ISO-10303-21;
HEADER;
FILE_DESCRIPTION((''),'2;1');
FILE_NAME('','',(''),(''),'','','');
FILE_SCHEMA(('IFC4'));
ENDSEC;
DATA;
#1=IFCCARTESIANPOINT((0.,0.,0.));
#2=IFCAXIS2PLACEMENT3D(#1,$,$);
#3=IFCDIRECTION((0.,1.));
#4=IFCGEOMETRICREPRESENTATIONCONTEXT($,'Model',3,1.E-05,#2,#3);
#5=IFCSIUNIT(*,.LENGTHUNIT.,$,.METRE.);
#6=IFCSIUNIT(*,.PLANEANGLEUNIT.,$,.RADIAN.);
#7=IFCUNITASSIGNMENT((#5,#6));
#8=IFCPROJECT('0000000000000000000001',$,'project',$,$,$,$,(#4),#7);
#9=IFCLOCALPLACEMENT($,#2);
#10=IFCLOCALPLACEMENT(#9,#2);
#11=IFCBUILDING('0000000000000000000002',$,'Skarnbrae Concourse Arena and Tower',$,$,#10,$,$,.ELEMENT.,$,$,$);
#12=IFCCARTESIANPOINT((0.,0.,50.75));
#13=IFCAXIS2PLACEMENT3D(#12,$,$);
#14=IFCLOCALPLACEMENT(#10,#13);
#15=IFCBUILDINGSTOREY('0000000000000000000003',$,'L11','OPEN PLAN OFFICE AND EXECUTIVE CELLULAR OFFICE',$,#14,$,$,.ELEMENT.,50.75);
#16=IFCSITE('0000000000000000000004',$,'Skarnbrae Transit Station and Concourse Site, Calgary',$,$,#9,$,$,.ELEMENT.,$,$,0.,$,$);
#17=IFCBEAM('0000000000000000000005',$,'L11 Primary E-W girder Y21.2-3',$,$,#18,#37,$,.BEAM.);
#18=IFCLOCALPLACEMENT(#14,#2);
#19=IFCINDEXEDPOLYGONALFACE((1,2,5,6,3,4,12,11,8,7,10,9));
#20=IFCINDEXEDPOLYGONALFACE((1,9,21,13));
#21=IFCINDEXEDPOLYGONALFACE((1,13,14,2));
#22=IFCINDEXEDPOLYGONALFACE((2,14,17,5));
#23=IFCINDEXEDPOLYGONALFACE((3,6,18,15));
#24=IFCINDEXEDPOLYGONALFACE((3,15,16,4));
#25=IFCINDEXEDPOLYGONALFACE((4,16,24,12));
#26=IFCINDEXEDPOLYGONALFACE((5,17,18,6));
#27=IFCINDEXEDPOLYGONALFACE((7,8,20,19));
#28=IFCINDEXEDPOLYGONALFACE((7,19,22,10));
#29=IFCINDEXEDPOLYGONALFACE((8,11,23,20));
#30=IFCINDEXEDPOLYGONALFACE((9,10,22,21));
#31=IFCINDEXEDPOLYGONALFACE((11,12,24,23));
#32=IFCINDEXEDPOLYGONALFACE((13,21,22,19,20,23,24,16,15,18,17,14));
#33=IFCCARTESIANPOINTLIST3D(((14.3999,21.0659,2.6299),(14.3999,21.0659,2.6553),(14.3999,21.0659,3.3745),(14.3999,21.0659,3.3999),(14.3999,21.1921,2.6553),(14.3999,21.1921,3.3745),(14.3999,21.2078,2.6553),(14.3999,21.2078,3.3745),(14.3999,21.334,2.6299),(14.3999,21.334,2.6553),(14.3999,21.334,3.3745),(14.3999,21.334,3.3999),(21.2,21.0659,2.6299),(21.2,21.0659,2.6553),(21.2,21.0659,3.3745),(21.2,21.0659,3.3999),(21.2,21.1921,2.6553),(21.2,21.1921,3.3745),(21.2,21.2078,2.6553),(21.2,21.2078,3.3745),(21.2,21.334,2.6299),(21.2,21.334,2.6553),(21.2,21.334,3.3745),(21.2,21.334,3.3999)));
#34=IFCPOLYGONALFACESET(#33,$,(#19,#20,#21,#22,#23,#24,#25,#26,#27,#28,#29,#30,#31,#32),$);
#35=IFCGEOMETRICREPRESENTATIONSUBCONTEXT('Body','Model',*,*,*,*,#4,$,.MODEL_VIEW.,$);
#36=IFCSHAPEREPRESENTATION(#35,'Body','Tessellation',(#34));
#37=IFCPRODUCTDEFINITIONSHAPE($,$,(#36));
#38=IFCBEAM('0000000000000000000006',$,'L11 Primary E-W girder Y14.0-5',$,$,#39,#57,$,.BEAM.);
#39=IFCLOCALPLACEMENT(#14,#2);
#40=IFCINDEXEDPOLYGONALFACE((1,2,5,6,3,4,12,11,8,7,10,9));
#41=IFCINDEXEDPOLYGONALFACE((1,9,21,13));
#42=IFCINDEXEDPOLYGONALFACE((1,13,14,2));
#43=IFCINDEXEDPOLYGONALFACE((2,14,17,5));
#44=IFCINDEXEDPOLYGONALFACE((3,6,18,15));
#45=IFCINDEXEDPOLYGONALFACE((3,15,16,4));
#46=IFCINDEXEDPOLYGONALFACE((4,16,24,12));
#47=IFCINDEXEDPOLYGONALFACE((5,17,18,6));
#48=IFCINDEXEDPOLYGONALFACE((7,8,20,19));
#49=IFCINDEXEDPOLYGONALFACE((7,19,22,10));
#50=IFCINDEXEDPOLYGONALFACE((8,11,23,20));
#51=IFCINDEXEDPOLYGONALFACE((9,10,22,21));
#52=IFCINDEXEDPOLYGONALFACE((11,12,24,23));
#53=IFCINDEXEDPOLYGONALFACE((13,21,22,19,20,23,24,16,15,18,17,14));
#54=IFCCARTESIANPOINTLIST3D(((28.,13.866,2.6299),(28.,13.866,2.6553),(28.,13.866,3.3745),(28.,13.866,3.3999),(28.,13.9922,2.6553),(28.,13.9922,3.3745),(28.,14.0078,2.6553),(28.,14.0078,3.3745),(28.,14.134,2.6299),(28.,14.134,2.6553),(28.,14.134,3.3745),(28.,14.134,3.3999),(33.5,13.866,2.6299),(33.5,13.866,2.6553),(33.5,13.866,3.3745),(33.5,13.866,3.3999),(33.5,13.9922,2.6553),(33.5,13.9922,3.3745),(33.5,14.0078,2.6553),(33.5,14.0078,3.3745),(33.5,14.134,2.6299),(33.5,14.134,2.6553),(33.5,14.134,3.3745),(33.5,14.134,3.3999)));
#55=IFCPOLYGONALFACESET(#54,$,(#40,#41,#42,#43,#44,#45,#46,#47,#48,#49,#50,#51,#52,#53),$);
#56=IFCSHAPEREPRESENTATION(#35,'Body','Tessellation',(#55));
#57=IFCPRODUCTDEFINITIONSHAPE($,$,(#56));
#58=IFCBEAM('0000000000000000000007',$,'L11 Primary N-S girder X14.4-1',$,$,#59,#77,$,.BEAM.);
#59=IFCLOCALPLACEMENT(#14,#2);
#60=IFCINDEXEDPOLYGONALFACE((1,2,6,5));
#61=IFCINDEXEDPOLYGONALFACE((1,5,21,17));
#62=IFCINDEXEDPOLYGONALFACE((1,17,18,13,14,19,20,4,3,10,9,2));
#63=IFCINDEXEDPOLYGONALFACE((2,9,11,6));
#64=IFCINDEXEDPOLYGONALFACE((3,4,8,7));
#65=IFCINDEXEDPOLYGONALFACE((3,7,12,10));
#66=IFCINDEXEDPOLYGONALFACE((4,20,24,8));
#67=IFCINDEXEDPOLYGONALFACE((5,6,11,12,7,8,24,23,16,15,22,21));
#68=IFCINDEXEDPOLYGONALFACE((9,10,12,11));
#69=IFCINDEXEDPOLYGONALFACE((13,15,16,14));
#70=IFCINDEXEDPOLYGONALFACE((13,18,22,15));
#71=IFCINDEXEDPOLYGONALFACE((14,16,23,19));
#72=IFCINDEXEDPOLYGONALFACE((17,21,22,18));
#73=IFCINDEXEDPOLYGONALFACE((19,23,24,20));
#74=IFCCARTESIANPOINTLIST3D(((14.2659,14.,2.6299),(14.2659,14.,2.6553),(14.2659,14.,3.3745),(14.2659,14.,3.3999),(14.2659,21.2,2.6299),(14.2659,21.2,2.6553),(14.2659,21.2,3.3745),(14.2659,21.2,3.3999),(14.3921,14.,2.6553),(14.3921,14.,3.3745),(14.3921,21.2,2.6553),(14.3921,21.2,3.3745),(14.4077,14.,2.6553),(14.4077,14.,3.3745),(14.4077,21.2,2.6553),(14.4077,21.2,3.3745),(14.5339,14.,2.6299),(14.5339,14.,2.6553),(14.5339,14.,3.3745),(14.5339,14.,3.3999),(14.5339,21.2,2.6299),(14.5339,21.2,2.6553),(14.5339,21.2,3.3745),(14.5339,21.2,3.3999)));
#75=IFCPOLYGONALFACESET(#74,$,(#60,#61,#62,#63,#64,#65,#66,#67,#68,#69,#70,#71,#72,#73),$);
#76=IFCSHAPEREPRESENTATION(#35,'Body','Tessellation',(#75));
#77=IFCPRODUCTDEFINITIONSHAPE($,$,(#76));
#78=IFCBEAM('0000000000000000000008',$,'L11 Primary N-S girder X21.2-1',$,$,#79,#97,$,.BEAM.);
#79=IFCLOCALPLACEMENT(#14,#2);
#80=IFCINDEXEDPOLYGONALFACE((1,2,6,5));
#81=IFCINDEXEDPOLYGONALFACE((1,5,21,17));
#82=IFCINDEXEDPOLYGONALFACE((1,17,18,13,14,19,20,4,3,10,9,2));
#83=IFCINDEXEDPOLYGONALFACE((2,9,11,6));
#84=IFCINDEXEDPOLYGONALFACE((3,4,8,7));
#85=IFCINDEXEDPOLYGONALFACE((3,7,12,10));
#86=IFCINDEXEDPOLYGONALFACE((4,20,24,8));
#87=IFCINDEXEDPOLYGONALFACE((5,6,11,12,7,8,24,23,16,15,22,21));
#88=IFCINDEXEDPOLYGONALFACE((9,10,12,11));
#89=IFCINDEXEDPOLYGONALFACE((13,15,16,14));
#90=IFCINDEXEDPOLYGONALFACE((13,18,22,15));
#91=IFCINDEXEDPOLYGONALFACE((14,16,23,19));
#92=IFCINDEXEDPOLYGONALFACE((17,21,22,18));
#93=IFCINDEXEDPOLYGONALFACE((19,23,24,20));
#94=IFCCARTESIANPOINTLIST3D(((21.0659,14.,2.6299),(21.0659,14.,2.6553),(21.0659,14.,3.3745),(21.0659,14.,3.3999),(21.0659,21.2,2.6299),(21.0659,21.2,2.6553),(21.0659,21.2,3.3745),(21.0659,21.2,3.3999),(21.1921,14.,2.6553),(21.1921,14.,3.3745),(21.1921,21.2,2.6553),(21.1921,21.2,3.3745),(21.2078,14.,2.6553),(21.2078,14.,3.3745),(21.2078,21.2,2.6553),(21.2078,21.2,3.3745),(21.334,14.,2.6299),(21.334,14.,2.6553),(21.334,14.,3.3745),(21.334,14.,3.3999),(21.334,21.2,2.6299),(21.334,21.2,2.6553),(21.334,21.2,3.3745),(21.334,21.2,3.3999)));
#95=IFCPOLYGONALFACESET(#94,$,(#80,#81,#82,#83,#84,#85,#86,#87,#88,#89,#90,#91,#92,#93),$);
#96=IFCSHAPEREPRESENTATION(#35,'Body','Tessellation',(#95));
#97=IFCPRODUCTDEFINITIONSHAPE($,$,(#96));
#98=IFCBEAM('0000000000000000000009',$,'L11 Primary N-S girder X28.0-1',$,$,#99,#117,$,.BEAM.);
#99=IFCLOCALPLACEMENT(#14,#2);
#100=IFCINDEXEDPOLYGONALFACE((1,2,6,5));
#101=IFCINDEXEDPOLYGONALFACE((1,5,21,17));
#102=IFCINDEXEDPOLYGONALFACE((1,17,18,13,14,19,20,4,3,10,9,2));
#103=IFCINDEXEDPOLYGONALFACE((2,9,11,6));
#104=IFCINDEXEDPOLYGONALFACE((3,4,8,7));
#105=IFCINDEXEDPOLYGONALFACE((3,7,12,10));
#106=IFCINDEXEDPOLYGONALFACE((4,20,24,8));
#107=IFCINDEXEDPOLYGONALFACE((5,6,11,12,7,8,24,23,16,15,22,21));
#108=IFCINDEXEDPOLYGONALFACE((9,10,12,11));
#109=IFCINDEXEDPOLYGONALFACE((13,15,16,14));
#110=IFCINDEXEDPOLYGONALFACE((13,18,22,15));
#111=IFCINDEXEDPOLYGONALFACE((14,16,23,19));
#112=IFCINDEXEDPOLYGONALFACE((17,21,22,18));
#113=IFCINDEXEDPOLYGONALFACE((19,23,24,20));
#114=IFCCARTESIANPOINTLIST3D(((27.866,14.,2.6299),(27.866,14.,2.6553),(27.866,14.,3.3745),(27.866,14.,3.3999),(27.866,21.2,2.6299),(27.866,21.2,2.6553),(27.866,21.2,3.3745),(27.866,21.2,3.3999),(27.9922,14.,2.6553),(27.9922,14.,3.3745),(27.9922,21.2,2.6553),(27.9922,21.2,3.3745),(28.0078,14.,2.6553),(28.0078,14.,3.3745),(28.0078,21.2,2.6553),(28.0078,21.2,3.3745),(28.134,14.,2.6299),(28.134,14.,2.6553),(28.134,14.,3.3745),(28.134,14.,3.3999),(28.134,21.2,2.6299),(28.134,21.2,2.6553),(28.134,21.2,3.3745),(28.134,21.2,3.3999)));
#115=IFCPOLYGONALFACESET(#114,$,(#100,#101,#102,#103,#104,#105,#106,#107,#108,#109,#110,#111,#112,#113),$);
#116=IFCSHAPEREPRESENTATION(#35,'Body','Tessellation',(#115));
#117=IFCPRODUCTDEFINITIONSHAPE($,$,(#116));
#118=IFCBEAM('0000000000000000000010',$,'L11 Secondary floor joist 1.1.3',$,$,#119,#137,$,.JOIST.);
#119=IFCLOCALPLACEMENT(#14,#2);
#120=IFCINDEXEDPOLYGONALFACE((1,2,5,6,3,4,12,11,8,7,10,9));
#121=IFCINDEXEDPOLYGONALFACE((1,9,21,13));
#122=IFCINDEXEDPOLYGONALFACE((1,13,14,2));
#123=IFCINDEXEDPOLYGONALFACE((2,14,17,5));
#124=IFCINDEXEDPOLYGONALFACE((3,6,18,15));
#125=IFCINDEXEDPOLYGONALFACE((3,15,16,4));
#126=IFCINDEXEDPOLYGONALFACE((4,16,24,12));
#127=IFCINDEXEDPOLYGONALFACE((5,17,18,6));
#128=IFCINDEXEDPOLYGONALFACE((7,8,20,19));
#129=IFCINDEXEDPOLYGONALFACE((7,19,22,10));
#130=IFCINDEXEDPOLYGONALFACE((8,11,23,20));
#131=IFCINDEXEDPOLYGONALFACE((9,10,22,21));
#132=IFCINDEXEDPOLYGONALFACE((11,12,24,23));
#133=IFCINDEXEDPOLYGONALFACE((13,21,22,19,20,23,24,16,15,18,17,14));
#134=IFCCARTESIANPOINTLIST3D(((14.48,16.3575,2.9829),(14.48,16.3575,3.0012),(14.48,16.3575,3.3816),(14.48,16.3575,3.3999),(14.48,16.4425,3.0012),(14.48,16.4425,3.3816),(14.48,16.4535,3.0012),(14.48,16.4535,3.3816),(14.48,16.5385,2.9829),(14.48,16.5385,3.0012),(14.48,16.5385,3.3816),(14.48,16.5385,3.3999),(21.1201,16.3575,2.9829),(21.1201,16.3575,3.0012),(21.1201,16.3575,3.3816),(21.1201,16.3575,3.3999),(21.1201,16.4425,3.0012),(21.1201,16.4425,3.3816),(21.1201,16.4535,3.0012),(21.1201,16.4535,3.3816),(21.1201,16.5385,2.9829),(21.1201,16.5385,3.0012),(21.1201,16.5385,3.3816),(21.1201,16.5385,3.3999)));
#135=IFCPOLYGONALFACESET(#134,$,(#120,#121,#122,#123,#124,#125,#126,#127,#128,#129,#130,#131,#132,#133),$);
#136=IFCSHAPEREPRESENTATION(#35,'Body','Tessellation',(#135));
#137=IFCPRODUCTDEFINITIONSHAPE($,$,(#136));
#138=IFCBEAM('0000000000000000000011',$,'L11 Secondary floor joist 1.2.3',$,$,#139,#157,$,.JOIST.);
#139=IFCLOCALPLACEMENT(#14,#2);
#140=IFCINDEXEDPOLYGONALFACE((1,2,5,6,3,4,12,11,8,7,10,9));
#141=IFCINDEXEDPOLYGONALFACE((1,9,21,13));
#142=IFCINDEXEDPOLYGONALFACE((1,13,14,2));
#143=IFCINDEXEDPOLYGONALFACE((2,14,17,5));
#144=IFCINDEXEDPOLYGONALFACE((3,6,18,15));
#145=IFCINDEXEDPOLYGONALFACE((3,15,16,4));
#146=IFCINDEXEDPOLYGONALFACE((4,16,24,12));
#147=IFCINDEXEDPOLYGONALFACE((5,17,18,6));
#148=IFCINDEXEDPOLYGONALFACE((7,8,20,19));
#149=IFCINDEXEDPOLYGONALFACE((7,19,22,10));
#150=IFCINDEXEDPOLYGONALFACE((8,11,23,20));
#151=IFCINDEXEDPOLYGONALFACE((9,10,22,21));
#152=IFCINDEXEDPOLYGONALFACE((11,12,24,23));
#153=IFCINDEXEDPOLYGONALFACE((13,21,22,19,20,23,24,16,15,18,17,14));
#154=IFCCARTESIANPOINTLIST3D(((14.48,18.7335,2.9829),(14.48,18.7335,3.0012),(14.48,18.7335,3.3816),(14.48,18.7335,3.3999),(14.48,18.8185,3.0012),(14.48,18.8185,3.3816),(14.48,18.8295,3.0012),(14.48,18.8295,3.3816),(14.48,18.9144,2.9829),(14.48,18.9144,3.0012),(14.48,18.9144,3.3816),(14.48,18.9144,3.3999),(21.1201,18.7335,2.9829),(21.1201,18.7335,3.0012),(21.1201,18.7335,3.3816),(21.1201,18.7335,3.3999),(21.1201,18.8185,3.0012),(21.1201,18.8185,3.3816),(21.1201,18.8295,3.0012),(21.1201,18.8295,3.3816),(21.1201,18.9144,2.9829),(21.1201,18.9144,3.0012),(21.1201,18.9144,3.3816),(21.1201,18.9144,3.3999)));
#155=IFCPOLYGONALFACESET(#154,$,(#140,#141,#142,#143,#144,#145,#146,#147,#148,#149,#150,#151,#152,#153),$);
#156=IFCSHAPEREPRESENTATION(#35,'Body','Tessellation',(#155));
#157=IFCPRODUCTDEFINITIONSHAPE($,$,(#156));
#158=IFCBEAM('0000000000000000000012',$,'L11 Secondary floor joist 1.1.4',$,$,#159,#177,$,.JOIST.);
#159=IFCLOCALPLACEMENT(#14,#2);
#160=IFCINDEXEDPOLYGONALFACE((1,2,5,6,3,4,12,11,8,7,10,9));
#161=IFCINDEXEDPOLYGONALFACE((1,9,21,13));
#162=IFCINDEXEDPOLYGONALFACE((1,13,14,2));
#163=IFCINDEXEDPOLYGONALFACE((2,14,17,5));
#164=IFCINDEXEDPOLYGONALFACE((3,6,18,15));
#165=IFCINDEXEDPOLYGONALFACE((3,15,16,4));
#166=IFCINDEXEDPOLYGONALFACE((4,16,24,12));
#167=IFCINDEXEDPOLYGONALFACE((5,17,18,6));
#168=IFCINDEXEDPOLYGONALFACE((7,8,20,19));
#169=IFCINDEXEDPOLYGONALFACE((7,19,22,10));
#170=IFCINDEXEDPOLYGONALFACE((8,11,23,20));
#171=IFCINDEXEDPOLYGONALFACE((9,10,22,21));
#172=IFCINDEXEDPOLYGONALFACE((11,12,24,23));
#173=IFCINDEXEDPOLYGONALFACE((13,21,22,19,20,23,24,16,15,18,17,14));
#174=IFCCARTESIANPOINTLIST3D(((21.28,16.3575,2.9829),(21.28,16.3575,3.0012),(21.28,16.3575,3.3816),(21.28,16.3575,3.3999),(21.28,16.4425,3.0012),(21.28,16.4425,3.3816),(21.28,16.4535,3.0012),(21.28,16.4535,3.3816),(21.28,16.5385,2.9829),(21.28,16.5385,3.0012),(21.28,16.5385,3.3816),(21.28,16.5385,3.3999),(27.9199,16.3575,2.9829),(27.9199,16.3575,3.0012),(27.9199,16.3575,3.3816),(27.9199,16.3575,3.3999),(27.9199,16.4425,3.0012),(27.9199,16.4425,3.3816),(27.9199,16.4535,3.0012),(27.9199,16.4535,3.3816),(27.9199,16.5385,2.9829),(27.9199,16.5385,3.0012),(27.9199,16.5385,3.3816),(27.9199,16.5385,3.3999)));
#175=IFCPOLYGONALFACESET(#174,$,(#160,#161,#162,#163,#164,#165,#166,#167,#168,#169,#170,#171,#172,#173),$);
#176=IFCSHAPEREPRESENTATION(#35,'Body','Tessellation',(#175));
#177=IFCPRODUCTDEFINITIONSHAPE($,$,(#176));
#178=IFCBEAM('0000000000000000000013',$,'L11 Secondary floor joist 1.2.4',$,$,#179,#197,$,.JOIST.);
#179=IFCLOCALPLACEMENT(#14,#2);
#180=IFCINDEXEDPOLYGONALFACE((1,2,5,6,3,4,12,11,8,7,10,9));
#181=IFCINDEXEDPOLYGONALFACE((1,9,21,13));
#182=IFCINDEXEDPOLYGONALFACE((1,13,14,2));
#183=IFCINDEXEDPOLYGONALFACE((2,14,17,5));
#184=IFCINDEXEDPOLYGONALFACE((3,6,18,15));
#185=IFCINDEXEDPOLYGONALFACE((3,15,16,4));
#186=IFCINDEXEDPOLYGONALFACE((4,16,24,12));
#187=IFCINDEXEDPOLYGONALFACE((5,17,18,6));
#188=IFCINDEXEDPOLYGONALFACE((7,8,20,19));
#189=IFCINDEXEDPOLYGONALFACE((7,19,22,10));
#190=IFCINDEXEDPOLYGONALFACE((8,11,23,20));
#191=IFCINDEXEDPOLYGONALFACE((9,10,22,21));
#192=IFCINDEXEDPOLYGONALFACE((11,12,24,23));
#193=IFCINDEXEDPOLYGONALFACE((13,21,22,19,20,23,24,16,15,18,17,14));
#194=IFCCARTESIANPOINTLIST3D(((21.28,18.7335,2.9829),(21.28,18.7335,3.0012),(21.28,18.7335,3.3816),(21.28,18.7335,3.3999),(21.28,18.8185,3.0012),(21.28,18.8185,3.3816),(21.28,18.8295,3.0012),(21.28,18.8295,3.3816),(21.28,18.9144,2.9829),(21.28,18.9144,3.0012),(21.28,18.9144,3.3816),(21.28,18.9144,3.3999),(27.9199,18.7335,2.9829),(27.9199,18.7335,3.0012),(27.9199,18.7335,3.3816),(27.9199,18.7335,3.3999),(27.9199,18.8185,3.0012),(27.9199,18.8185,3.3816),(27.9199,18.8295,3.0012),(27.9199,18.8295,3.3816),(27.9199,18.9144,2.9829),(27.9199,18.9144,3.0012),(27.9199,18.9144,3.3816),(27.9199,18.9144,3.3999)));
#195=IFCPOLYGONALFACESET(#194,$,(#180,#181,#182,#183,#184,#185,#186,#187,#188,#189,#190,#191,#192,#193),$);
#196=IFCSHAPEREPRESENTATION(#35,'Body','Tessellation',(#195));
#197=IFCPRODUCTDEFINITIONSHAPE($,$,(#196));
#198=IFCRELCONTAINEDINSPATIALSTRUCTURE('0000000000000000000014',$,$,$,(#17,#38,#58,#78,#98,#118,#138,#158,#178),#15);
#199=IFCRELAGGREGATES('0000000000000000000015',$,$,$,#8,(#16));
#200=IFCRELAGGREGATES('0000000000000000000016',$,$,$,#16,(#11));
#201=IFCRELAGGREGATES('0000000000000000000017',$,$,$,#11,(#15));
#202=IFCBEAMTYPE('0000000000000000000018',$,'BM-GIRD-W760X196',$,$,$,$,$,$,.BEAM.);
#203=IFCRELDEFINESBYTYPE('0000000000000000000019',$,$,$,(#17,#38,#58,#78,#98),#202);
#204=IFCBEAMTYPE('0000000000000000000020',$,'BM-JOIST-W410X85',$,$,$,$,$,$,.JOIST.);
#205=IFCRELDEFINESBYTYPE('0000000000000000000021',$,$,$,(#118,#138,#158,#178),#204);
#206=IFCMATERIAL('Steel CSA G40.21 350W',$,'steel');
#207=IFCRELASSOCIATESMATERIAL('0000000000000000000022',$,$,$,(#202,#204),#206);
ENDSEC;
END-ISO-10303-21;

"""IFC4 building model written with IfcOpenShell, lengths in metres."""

from ifc_helpers import new_model, si_unit, direction, frame, origin, origin_2d, place, context, subcontext, project, spatial, i_section, extrude, source, transform, mapped, material, material_profile, profile_set, type_object, element, save


model = new_model("IFC4")

# Units and contexts
model_context = context("Model", 3, precision=1e-05, world=origin(), true_north=direction((0.0, 1.0)))
body_context = subcontext(model_context, "Body", "Model", "MODEL_VIEW")
ifc_project = project(units=[si_unit("LENGTHUNIT", "METRE"), si_unit("PLANEANGLEUNIT", "RADIAN")], contexts=[model_context])

# Site, building, storey
site_placement = place(None, origin())
site = spatial("IfcSite", under=ifc_project, at=site_placement, Name="Skarnbrae Transit Station and Concourse Site, Calgary", CompositionType="ELEMENT", RefElevation=0.0)
building_placement = place(site_placement, origin())
building = spatial("IfcBuilding", under=site, at=building_placement, Name="Skarnbrae Concourse Arena and Tower", CompositionType="ELEMENT")
storey_placement = place(building_placement, frame((0.0, 0.0, 50.75)))
storey = spatial("IfcBuildingStorey", under=building, at=storey_placement, Name="L11", Description="OPEN PLAN OFFICE AND EXECUTIVE CELLULAR OFFICE", CompositionType="ELEMENT", Elevation=50.75)

# Shared definitions
ifc_material_1 = material(Name="Steel CSA G40.21 350W", Category="steel")

# Beams
ifc_material_profile_1 = material_profile(ifc_material_1, i_section(OverallWidth=0.2681, OverallDepth=0.77, WebThickness=0.0156, FlangeThickness=0.0254, at=origin_2d()), Name="W760X196")
ifc_profile_set_1 = profile_set([ifc_material_profile_1], Name="Steel CSA G40.21 350W")
beam_type_1 = type_object("IfcBeamType", Name="BM-GIRD-W760X196", PredefinedType="BEAM", material=ifc_profile_set_1)
shared_shape_1 = source(origin(), body_context, "Body", "SweptSolid", [
    extrude(i_section(OverallWidth=0.2681, OverallDepth=0.77, WebThickness=0.0156, FlangeThickness=0.0254, at=origin_2d()), origin(), (0.0, 0.0, 1.0), 6.8),
])
for number, where, z_axis, x_axis, name in (
    (1, (14.3999, 21.2, 3.0149), (1.0, 0.0, 0.0), (0.0, 1.0, 0.0), "L11 Primary E-W girder Y21.2-3"),
):
    element("IfcBeam", number, at=place(storey_placement, frame(where, z_axis=z_axis, x_axis=x_axis)), inside=storey, type_object=beam_type_1, Name=name, PredefinedType="BEAM", context=body_context, shape_type="MappedRepresentation", body=[
        mapped(shared_shape_1, transform((0.0, 0.0, 0.0))),
    ])
shared_shape_2 = source(origin(), body_context, "Body", "SweptSolid", [
    extrude(i_section(OverallWidth=0.2681, OverallDepth=0.77, WebThickness=0.0156, FlangeThickness=0.0254, at=origin_2d()), origin(), (0.0, 0.0, 1.0), 5.5),
])
beam_1_placement = place(storey_placement, frame((28.0, 14.0, 3.0149), z_axis=(1.0, 0.0, 0.0), x_axis=(0.0, 1.0, 0.0)))
element("IfcBeam", 2, at=beam_1_placement, inside=storey, type_object=beam_type_1, Name="L11 Primary E-W girder Y14.0-5", PredefinedType="BEAM", context=body_context, shape_type="MappedRepresentation", body=[
    mapped(shared_shape_2, transform((0.0, 0.0, 0.0))),
])
shared_shape_3 = source(origin(), body_context, "Body", "SweptSolid", [
    extrude(i_section(OverallWidth=0.2681, OverallDepth=0.77, WebThickness=0.0156, FlangeThickness=0.0254, at=origin_2d()), origin(), (0.0, 0.0, 1.0), 7.2),
])
for number, where, z_axis, x_axis, name in (
    (3, (14.3999, 14.0, 3.0149), (0.0, 1.0, 0.0), (-1.0, 0.0, 0.0), "L11 Primary N-S girder X14.4-1"),
    (4, (21.2, 14.0, 3.0149), (0.0, 1.0, 0.0), (-1.0, 0.0, 0.0), "L11 Primary N-S girder X21.2-1"),
    (5, (28.0, 14.0, 3.0149), (0.0, 1.0, 0.0), (-1.0, 0.0, 0.0), "L11 Primary N-S girder X28.0-1"),
):
    element("IfcBeam", number, at=place(storey_placement, frame(where, z_axis=z_axis, x_axis=x_axis)), inside=storey, type_object=beam_type_1, Name=name, PredefinedType="BEAM", context=body_context, shape_type="MappedRepresentation", body=[
        mapped(shared_shape_3, transform((0.0, 0.0, 0.0))),
    ])
ifc_material_profile_2 = material_profile(ifc_material_1, i_section(OverallWidth=0.1809, OverallDepth=0.417, WebThickness=0.011, FlangeThickness=0.0183, at=origin_2d()), Name="W410X85")
ifc_profile_set_2 = profile_set([ifc_material_profile_2], Name="Steel CSA G40.21 350W")
beam_type_2 = type_object("IfcBeamType", Name="BM-JOIST-W410X85", PredefinedType="JOIST", material=ifc_profile_set_2)
shared_shape_4 = source(origin(), body_context, "Body", "SweptSolid", [
    extrude(i_section(OverallWidth=0.1809, OverallDepth=0.417, WebThickness=0.011, FlangeThickness=0.0183, at=origin_2d()), origin(), (0.0, 0.0, 1.0), 6.6401),
])
for number, where, z_axis, x_axis, name in (
    (6, (14.48, 16.448, 3.1914), (1.0, 0.0, 0.0), (0.0, 1.0, 0.0), "L11 Secondary floor joist 1.1.3"),
    (7, (14.48, 18.824, 3.1914), (1.0, 0.0, 0.0), (0.0, 1.0, 0.0), "L11 Secondary floor joist 1.2.3"),
):
    element("IfcBeam", number, at=place(storey_placement, frame(where, z_axis=z_axis, x_axis=x_axis)), inside=storey, type_object=beam_type_2, Name=name, PredefinedType="JOIST", context=body_context, shape_type="MappedRepresentation", body=[
        mapped(shared_shape_4, transform((0.0, 0.0, 0.0))),
    ])
shared_shape_5 = source(origin(), body_context, "Body", "SweptSolid", [
    extrude(i_section(OverallWidth=0.1809, OverallDepth=0.417, WebThickness=0.011, FlangeThickness=0.0183, at=origin_2d()), origin(), (0.0, 0.0, 1.0), 6.6399),
])
for number, where, z_axis, x_axis, name in (
    (8, (21.28, 16.448, 3.1914), (1.0, 0.0, 0.0), (0.0, 1.0, 0.0), "L11 Secondary floor joist 1.1.4"),
    (9, (21.28, 18.824, 3.1914), (1.0, 0.0, 0.0), (0.0, 1.0, 0.0), "L11 Secondary floor joist 1.2.4"),
):
    element("IfcBeam", number, at=place(storey_placement, frame(where, z_axis=z_axis, x_axis=x_axis)), inside=storey, type_object=beam_type_2, Name=name, PredefinedType="JOIST", context=body_context, shape_type="MappedRepresentation", body=[
        mapped(shared_shape_5, transform((0.0, 0.0, 0.0))),
    ])

save(model, "model.ifc")
